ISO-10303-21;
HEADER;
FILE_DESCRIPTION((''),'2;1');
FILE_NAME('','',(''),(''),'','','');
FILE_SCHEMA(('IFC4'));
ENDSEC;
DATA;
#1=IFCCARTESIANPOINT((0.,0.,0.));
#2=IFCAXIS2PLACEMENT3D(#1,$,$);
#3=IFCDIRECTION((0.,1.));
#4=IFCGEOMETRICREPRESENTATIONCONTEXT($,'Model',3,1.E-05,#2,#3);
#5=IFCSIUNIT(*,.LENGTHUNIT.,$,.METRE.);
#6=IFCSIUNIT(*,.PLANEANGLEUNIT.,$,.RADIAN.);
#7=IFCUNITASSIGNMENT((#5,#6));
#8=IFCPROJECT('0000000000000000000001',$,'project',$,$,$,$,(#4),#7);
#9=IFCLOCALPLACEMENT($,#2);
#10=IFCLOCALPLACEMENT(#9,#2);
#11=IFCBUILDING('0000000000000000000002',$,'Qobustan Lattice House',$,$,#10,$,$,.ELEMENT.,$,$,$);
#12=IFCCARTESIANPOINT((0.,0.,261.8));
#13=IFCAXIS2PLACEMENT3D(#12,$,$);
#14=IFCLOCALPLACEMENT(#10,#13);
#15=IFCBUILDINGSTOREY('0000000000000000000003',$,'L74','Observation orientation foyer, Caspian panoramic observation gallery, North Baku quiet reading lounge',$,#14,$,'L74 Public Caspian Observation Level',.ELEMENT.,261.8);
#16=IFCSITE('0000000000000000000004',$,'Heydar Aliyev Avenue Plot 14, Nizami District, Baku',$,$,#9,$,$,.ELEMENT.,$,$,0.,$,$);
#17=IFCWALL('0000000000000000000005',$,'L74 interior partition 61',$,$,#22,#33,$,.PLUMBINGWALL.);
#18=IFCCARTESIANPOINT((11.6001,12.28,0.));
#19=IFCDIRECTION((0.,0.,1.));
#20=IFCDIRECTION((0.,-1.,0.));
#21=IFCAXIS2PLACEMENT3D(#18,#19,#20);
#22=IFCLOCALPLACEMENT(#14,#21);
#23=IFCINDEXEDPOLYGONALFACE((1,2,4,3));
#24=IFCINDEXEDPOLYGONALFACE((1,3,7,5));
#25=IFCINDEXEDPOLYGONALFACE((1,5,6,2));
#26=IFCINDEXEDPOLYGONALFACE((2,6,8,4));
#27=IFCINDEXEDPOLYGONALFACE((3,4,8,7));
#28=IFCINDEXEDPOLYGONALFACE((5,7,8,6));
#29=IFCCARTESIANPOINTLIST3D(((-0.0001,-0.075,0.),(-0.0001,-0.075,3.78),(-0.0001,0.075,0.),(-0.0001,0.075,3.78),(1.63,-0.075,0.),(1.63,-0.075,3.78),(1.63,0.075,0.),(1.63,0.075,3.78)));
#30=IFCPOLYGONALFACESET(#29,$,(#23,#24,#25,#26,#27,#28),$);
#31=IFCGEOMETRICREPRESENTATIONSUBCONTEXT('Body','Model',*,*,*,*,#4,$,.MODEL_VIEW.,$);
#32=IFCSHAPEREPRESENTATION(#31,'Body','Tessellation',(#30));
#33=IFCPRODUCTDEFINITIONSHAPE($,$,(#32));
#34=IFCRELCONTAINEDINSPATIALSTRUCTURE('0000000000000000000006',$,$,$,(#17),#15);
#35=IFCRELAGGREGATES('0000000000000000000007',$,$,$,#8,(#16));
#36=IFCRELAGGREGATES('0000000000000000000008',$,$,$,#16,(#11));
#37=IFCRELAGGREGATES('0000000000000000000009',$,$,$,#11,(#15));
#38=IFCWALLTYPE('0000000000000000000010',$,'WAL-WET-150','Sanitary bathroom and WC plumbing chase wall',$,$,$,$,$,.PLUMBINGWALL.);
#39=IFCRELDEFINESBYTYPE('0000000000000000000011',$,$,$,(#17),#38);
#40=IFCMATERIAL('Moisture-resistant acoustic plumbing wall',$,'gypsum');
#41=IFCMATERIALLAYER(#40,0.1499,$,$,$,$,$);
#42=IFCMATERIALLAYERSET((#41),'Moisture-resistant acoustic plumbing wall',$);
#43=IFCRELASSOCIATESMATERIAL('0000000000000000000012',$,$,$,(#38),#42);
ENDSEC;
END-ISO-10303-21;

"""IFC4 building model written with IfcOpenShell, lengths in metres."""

from ifc_helpers import new_model, si_unit, direction, frame, frame_2d, origin, place, context, subcontext, project, spatial, rectangle, extrude, material, layer, layer_set, type_object, element, save


model = new_model("IFC4")

# Units and contexts
model_context = context("Model", 3, precision=1e-05, world=origin(), true_north=direction((0.0, 1.0)))
body_context = subcontext(model_context, "Body", "Model", "MODEL_VIEW")
ifc_project = project(units=[si_unit("LENGTHUNIT", "METRE"), si_unit("PLANEANGLEUNIT", "RADIAN")], contexts=[model_context])

# Site, building, storey
site_placement = place(None, origin())
site = spatial("IfcSite", under=ifc_project, at=site_placement, Name="Heydar Aliyev Avenue Plot 14, Nizami District, Baku", CompositionType="ELEMENT", RefElevation=0.0)
building_placement = place(site_placement, origin())
building = spatial("IfcBuilding", under=site, at=building_placement, Name="Qobustan Lattice House", CompositionType="ELEMENT")
storey_placement = place(building_placement, frame((0.0, 0.0, 261.8)))
storey = spatial("IfcBuildingStorey", under=building, at=storey_placement, Name="L74", Description="Observation orientation foyer, Caspian panoramic observation gallery, North Baku quiet reading lounge", LongName="L74 Public Caspian Observation Level", CompositionType="ELEMENT", Elevation=261.8)

# Shared definitions
ifc_material_1 = material(Name="Moisture-resistant acoustic plumbing wall", Category="gypsum")
ifc_layer_1 = layer(ifc_material_1, 0.1499)
ifc_layer_set_1 = layer_set([ifc_layer_1], Name="Moisture-resistant acoustic plumbing wall")
wall_type_1 = type_object("IfcWallType", Name="WAL-WET-150", Description="Sanitary bathroom and WC plumbing chase wall", PredefinedType="PLUMBINGWALL", material=ifc_layer_set_1)

# Wall
wall_1_placement = place(storey_placement, frame((11.6001, 12.28, 0.0), z_axis=(0.0, 0.0, 1.0), x_axis=(0.0, -1.0, 0.0)))
element("IfcWall", 1, at=wall_1_placement, inside=storey, type_object=wall_type_1, Name="L74 interior partition 61", PredefinedType="PLUMBINGWALL", context=body_context, shape_type="SweptSolid", body=[
    extrude(rectangle(XDim=1.6301, YDim=0.1499, at=frame_2d((0.8149, 0.0))), origin(), (0.0, 0.0, 1.0), 3.78),
])

save(model, "model.ifc")
